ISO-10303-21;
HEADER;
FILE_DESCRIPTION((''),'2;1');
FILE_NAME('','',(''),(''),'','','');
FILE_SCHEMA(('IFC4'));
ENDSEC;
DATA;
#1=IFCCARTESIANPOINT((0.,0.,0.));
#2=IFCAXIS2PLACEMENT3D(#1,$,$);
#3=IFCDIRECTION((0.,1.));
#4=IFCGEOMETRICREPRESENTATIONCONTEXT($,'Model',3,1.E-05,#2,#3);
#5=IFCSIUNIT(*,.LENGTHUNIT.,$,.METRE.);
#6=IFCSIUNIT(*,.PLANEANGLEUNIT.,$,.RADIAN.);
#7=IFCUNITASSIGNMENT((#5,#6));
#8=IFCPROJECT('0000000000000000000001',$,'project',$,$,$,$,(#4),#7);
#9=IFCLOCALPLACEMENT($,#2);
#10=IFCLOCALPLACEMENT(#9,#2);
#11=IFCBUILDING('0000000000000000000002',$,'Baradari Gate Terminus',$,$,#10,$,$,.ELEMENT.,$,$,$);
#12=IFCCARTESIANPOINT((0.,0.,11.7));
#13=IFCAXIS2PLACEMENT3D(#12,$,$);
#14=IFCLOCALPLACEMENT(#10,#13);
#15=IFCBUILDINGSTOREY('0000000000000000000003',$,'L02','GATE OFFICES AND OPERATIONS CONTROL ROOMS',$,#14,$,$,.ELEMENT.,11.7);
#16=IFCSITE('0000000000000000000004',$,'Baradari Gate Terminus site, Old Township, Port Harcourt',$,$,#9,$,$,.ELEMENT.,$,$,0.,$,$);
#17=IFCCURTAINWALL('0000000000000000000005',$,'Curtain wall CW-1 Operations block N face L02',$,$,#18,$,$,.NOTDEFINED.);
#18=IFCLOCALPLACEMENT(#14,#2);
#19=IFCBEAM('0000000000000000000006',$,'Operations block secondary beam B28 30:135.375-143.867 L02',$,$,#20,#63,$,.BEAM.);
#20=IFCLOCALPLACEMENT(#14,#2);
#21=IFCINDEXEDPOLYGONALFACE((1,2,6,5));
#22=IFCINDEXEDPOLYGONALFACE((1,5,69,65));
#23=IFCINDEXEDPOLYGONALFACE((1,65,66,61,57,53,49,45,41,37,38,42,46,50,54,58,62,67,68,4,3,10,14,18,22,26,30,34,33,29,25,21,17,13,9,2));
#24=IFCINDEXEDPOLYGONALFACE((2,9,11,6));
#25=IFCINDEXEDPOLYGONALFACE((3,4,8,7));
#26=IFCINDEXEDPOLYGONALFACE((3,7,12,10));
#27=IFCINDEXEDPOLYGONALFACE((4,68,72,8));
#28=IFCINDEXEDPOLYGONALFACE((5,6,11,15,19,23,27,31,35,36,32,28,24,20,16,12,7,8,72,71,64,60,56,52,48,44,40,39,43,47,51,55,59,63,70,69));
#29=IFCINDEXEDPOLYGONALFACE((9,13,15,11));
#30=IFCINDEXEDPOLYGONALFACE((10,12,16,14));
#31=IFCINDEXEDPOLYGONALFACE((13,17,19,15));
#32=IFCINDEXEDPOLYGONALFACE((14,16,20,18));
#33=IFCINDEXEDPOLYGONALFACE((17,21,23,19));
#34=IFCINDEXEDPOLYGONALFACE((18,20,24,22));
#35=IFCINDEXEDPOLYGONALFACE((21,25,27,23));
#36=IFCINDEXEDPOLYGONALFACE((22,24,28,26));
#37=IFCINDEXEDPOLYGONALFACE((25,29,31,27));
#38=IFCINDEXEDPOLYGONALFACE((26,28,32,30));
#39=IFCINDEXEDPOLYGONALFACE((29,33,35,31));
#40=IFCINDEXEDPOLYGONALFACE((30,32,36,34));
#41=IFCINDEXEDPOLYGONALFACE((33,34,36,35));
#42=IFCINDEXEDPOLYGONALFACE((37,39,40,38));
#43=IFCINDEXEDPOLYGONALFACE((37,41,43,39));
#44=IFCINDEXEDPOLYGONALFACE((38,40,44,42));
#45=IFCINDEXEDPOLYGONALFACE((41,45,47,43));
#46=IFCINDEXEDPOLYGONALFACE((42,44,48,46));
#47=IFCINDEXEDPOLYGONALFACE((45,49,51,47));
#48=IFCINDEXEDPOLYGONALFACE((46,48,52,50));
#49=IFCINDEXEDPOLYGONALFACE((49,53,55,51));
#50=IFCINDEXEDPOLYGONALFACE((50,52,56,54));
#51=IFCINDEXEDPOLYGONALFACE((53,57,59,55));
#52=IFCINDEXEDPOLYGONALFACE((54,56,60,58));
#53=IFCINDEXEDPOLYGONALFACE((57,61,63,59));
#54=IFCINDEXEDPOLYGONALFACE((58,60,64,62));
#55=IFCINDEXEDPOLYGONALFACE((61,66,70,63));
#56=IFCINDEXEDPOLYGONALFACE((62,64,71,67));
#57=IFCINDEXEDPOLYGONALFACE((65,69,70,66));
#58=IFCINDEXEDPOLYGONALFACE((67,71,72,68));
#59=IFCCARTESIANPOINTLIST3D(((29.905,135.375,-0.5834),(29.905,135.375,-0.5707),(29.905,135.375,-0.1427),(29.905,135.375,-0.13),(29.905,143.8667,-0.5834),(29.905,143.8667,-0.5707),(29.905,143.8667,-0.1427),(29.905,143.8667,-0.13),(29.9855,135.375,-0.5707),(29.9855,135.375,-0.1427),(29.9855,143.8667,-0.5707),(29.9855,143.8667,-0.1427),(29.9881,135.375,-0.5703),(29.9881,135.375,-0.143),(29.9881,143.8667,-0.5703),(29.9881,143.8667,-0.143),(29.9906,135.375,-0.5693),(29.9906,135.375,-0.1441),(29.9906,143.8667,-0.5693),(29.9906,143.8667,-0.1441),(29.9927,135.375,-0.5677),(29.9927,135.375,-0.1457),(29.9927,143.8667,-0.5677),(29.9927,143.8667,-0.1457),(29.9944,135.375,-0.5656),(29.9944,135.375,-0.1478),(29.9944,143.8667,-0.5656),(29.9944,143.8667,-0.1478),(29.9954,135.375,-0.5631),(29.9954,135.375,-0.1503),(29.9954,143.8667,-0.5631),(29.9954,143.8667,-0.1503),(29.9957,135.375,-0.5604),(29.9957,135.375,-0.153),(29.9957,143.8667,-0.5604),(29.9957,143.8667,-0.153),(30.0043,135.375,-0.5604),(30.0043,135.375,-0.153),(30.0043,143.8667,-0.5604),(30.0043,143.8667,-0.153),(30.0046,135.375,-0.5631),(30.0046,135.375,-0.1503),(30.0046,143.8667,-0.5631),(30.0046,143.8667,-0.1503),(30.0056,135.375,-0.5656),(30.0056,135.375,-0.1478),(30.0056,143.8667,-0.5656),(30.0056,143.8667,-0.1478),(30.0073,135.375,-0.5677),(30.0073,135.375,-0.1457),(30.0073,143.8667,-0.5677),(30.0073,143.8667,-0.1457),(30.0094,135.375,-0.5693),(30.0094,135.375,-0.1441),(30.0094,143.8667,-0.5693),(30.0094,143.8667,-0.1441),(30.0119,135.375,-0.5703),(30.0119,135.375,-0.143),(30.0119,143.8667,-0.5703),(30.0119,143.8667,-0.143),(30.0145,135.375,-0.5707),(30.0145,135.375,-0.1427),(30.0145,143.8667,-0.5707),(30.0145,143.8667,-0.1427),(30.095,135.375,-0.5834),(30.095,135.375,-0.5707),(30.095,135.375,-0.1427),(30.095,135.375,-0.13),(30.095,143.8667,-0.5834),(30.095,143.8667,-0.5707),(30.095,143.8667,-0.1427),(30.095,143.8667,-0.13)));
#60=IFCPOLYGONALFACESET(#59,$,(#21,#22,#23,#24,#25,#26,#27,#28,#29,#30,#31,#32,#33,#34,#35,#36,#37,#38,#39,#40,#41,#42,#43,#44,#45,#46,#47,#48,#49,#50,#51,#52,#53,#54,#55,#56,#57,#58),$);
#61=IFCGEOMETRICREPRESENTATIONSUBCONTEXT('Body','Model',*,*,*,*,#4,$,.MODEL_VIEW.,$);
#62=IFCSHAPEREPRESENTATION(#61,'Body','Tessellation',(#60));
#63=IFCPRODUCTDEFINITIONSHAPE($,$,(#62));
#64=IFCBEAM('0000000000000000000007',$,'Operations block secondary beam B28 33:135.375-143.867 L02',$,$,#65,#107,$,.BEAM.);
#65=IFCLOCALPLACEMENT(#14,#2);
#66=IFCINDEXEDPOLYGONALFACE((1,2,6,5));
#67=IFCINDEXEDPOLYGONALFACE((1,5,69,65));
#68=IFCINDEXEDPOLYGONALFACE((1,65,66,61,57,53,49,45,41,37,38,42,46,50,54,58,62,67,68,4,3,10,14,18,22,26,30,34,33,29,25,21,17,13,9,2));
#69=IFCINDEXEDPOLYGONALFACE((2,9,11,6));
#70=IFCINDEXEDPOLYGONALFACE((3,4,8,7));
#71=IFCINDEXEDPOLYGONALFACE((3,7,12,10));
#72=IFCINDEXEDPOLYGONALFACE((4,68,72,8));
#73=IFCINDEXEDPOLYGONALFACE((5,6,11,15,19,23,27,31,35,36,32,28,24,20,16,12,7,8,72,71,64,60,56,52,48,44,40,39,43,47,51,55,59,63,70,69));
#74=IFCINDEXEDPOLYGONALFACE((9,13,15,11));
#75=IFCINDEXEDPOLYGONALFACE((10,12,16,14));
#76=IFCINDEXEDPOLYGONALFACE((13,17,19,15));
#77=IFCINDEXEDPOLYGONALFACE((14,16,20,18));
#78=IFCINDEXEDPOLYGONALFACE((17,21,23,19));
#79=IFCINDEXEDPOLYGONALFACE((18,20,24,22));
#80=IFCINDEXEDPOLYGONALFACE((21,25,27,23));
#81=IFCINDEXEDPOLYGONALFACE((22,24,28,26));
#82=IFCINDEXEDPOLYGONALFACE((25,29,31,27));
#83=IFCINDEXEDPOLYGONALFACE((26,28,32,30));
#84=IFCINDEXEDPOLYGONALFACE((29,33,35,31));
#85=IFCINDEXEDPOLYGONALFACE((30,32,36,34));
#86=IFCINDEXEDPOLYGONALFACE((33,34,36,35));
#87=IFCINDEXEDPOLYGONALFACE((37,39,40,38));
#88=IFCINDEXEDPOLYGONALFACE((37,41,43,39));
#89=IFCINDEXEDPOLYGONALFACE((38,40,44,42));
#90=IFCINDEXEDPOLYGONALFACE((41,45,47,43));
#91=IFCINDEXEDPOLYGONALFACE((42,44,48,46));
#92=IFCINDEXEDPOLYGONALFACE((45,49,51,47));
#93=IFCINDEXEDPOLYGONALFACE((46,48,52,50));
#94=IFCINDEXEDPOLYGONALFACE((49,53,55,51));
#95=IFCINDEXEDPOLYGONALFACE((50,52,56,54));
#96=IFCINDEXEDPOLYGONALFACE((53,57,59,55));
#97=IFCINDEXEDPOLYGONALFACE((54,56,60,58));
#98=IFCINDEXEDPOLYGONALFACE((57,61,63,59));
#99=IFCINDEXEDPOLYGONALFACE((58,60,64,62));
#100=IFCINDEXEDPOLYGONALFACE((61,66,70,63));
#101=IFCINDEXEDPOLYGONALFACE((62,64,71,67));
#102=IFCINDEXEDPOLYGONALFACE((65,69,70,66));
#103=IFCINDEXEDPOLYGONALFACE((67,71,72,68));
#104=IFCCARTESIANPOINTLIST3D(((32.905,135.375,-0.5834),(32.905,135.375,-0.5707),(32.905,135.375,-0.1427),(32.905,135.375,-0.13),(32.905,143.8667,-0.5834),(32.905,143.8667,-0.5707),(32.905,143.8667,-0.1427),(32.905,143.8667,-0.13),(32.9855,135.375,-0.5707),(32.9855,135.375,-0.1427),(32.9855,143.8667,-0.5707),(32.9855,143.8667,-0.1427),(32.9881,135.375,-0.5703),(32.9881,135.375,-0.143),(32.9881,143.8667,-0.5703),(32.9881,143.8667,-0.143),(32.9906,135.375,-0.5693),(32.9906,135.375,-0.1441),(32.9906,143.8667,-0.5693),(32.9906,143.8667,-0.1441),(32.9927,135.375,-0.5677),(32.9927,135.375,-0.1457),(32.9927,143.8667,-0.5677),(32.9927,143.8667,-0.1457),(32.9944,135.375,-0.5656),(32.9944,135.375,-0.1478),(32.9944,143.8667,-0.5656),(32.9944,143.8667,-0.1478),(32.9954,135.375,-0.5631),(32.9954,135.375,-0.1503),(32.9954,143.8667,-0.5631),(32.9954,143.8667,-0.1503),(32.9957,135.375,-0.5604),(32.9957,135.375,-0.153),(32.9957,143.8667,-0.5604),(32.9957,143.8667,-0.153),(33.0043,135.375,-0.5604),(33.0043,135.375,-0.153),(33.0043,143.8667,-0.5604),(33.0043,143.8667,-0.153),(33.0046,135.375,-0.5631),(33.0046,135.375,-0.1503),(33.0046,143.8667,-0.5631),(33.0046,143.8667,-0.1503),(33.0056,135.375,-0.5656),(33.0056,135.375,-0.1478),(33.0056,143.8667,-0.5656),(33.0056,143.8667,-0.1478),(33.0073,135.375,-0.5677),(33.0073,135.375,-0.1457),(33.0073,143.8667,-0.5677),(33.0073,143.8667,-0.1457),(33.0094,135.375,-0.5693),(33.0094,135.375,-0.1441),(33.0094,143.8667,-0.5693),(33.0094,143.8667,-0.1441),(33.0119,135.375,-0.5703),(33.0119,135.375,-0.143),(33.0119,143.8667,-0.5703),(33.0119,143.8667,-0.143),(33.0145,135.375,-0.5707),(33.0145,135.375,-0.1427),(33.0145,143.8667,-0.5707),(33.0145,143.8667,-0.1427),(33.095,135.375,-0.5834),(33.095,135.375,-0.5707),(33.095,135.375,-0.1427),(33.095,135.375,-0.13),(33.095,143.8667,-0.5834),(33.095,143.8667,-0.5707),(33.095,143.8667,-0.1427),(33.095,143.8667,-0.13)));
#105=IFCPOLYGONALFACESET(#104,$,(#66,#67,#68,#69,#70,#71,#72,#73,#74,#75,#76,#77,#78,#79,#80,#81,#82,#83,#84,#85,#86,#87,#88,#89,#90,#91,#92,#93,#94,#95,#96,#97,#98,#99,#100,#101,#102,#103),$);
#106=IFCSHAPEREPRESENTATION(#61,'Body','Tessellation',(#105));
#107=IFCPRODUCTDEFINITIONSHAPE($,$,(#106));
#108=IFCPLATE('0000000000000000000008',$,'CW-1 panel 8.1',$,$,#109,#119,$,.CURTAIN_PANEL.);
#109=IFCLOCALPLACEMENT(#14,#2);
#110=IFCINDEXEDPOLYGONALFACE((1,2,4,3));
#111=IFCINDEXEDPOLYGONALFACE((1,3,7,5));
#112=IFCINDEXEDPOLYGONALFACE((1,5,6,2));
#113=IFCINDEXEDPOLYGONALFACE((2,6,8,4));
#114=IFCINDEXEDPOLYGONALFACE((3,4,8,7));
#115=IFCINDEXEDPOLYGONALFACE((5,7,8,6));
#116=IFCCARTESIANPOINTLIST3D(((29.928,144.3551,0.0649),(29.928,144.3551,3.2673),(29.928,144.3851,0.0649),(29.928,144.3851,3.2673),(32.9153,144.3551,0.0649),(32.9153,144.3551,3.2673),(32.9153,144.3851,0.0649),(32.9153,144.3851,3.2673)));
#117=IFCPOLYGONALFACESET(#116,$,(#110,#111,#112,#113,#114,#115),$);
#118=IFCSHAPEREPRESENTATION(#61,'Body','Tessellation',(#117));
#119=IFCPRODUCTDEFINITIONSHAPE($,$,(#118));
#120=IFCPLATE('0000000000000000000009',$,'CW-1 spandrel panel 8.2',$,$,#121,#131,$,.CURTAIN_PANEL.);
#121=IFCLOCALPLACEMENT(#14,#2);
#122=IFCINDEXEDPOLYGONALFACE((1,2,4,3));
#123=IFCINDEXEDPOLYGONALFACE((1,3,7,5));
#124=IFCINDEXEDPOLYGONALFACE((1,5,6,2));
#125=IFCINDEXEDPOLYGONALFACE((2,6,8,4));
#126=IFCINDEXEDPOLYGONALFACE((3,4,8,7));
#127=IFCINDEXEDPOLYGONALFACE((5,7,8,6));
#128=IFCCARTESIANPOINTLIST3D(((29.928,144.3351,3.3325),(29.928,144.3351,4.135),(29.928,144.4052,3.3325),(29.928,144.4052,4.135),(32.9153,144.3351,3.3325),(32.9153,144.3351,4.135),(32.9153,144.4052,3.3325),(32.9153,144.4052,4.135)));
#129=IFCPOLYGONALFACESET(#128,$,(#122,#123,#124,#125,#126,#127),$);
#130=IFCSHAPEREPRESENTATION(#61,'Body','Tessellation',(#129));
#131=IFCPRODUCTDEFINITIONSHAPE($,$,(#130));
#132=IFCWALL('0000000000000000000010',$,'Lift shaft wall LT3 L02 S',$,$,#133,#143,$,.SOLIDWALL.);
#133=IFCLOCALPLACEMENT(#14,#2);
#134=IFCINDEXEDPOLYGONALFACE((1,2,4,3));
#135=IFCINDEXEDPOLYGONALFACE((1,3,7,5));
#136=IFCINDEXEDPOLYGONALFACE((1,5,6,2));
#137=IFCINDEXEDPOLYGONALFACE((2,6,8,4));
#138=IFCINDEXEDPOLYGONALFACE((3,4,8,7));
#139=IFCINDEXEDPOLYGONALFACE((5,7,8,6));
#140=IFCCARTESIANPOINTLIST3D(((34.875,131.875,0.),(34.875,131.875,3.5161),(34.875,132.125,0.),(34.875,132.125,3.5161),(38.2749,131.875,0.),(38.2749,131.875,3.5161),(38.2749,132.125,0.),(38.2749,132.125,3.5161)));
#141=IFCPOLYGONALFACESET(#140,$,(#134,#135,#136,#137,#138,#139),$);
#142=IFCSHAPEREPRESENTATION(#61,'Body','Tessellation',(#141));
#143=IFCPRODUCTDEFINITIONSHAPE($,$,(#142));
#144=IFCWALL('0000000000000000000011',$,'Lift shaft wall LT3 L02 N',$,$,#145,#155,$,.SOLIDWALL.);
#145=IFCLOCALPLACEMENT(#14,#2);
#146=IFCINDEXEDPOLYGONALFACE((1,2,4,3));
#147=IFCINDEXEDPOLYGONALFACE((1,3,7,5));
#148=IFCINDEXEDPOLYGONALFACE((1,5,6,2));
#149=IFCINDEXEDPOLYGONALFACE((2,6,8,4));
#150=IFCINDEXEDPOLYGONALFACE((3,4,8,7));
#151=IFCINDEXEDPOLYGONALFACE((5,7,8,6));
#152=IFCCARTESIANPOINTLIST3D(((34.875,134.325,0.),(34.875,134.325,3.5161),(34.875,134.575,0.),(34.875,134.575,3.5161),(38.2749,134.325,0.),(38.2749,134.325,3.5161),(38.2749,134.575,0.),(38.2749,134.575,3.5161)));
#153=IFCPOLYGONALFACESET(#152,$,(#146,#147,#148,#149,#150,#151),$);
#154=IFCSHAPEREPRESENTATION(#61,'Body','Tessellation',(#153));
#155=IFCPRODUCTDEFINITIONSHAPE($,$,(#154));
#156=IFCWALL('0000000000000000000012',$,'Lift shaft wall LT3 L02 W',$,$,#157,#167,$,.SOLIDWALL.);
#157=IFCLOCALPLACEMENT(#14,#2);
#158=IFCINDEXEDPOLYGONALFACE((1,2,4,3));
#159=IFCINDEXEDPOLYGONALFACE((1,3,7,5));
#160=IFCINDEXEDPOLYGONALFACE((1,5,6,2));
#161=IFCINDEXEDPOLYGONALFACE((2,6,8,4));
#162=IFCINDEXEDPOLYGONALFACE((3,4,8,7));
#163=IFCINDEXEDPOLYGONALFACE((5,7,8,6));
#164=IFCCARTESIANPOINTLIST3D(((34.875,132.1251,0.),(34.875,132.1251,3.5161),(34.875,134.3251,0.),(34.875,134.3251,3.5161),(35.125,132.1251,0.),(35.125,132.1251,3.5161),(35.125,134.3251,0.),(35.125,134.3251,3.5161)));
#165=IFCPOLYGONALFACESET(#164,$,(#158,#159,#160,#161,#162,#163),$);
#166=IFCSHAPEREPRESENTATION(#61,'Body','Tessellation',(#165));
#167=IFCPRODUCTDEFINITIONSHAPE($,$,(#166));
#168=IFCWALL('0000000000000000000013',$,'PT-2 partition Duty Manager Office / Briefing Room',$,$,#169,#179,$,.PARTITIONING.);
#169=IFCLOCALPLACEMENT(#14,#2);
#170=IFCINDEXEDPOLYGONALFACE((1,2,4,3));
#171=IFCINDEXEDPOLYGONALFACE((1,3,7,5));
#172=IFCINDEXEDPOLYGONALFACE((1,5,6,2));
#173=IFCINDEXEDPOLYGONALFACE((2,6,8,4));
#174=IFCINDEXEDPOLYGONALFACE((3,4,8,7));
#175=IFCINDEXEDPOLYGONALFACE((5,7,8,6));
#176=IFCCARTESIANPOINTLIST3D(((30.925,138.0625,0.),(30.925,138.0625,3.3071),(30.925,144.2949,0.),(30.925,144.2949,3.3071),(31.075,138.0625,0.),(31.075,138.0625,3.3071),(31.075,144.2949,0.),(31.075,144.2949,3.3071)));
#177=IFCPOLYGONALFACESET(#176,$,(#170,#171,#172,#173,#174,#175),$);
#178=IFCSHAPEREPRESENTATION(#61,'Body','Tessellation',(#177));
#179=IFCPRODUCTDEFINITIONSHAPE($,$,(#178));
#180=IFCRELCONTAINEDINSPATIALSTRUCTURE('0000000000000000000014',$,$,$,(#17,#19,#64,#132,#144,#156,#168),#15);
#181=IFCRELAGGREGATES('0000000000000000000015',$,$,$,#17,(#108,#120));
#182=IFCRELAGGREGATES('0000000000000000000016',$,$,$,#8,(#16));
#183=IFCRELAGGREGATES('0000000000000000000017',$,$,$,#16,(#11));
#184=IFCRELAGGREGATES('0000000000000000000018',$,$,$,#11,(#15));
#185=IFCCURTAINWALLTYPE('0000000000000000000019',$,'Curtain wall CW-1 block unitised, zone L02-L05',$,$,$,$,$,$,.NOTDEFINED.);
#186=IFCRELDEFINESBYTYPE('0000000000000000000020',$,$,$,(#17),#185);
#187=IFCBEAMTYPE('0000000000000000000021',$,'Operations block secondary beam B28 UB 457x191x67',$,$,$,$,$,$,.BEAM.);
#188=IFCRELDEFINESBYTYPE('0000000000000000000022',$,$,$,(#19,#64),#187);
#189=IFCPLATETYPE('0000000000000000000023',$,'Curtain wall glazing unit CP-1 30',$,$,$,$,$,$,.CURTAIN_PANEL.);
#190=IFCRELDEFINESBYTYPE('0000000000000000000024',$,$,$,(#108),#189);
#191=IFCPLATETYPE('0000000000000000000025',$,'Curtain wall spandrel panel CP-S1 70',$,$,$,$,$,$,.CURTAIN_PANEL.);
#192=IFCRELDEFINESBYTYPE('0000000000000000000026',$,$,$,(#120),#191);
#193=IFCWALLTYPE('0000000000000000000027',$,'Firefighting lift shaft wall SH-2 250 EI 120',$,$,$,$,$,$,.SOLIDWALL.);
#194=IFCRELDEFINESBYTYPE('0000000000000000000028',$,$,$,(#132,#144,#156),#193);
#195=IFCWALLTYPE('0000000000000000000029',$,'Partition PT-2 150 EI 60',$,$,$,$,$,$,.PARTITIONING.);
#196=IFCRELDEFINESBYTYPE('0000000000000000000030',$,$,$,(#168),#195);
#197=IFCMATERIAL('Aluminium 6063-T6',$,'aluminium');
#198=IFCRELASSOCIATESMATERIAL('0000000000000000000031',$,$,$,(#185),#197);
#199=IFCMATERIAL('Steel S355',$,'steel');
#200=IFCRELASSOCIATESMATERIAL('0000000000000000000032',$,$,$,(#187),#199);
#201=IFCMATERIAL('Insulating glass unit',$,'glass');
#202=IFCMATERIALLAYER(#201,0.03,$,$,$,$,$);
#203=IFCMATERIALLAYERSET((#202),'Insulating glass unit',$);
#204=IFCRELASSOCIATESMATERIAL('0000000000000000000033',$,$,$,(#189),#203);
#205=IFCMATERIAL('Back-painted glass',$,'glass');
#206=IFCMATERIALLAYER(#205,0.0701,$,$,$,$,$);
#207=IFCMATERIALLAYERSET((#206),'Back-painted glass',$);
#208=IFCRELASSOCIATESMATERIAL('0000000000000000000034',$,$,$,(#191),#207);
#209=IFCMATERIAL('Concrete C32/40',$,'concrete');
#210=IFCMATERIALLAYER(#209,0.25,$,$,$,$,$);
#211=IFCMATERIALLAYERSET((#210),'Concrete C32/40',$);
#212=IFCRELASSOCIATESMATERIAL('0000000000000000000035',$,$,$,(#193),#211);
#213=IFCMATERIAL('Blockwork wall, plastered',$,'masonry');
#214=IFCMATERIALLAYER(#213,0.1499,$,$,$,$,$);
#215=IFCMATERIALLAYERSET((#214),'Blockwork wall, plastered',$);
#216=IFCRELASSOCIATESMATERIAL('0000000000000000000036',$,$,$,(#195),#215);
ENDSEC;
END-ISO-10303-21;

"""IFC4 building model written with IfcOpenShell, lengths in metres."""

from ifc_helpers import new_model, si_unit, direction, frame, frame_2d, origin, origin_2d, place, context, subcontext, project, spatial, rectangle, i_section, extrude, material, layer, layer_set, material_profile, profile_set, type_object, element, aggregate, save


model = new_model("IFC4")

# Units and contexts
model_context = context("Model", 3, precision=1e-05, world=origin(), true_north=direction((0.0, 1.0)))
body_context = subcontext(model_context, "Body", "Model", "MODEL_VIEW")
ifc_project = project(units=[si_unit("LENGTHUNIT", "METRE"), si_unit("PLANEANGLEUNIT", "RADIAN")], contexts=[model_context])

# Site, building, storey
site_placement = place(None, origin())
site = spatial("IfcSite", under=ifc_project, at=site_placement, Name="Baradari Gate Terminus site, Old Township, Port Harcourt", CompositionType="ELEMENT", RefElevation=0.0)
building_placement = place(site_placement, origin())
building = spatial("IfcBuilding", under=site, at=building_placement, Name="Baradari Gate Terminus", CompositionType="ELEMENT")
storey_placement = place(building_placement, frame((0.0, 0.0, 11.7)))
storey = spatial("IfcBuildingStorey", under=building, at=storey_placement, Name="L02", Description="GATE OFFICES AND OPERATIONS CONTROL ROOMS", CompositionType="ELEMENT", Elevation=11.7)

# Curtain wall
ifc_material_1 = material(Name="Aluminium 6063-T6", Category="aluminium")
curtain_wall_type = type_object("IfcCurtainWallType", Name="Curtain wall CW-1 block unitised, zone L02-L05", PredefinedType="NOTDEFINED", material=ifc_material_1)
curtain_wall_placement = place(storey_placement, origin())
curtain_wall = element("IfcCurtainWall", 1, at=curtain_wall_placement, inside=storey, type_object=curtain_wall_type, Name="Curtain wall CW-1 Operations block N face L02", PredefinedType="NOTDEFINED")

# Beams
ifc_material_2 = material(Name="Steel S355", Category="steel")
ifc_material_profile_1 = material_profile(ifc_material_2, i_section(OverallWidth=0.1899, OverallDepth=0.4534, WebThickness=0.0085, FlangeThickness=0.0127, FilletRadius=0.0103, at=origin_2d()), Name="UB 457x191x67")
ifc_profile_set_1 = profile_set([ifc_material_profile_1], Name="Steel S355")
beam_type_1 = type_object("IfcBeamType", Name="Operations block secondary beam B28 UB 457x191x67", PredefinedType="BEAM", material=ifc_profile_set_1)
for number, where, z_axis, x_axis, name in (
    (2, (30.0, 135.375, -0.3567), (0.0, 1.0, 0.0), (-1.0, 0.0, 0.0), "Operations block secondary beam B28 30:135.375-143.867 L02"),
    (3, (33.0, 135.375, -0.3567), (0.0, 1.0, 0.0), (-1.0, 0.0, 0.0), "Operations block secondary beam B28 33:135.375-143.867 L02"),
):
    element("IfcBeam", number, at=place(storey_placement, frame(where, z_axis=z_axis, x_axis=x_axis)), inside=storey, type_object=beam_type_1, Name=name, PredefinedType="BEAM", context=body_context, shape_type="SweptSolid", body=[
        extrude(i_section(OverallWidth=0.1899, OverallDepth=0.4534, WebThickness=0.0085, FlangeThickness=0.0127, FilletRadius=0.0103, at=origin_2d()), origin(), (0.0, 0.0, 1.0), 8.4917),
    ])

# Plates
ifc_material_3 = material(Name="Insulating glass unit", Category="glass")
ifc_layer_1 = layer(ifc_material_3, 0.03)
ifc_layer_set_1 = layer_set([ifc_layer_1], Name="Insulating glass unit")
plate_type_1 = type_object("IfcPlateType", Name="Curtain wall glazing unit CP-1 30", PredefinedType="CURTAIN_PANEL", material=ifc_layer_set_1)
plate_1_placement = place(storey_placement, frame((31.4216, 144.3701, 0.0649), z_axis=(0.0, 0.0, 1.0), x_axis=(1.0, 0.0, 0.0)))
plate_1 = element("IfcPlate", 4, at=plate_1_placement, type_object=plate_type_1, Name="CW-1 panel 8.1", PredefinedType="CURTAIN_PANEL", context=body_context, shape_type="SweptSolid", body=[
    extrude(rectangle(XDim=2.9873, YDim=0.03, at=origin_2d()), origin(), (0.0, 0.0, 1.0), 3.2024),
])
ifc_material_4 = material(Name="Back-painted glass", Category="glass")
ifc_layer_2 = layer(ifc_material_4, 0.0701)
ifc_layer_set_2 = layer_set([ifc_layer_2], Name="Back-painted glass")
plate_type_2 = type_object("IfcPlateType", Name="Curtain wall spandrel panel CP-S1 70", PredefinedType="CURTAIN_PANEL", material=ifc_layer_set_2)
plate_2_placement = place(storey_placement, frame((31.4216, 144.3701, 3.3325), z_axis=(0.0, 0.0, 1.0), x_axis=(1.0, 0.0, 0.0)))
plate_2 = element("IfcPlate", 5, at=plate_2_placement, type_object=plate_type_2, Name="CW-1 spandrel panel 8.2", PredefinedType="CURTAIN_PANEL", context=body_context, shape_type="SweptSolid", body=[
    extrude(rectangle(XDim=2.9873, YDim=0.0701, at=origin_2d()), origin(), (0.0, 0.0, 1.0), 0.8025),
])
aggregate(curtain_wall, [plate_1, plate_2])

# Walls
ifc_material_5 = material(Name="Concrete C32/40", Category="concrete")
ifc_layer_3 = layer(ifc_material_5, 0.25)
ifc_layer_set_3 = layer_set([ifc_layer_3], Name="Concrete C32/40")
wall_type_1 = type_object("IfcWallType", Name="Firefighting lift shaft wall SH-2 250 EI 120", PredefinedType="SOLIDWALL", material=ifc_layer_set_3)
for number, where, z_axis, x_axis, name in (
    (6, (34.875, 132.0, 0.0), (0.0, 0.0, 1.0), (1.0, 0.0, 0.0), "Lift shaft wall LT3 L02 S"),
    (7, (34.875, 134.45, 0.0), (0.0, 0.0, 1.0), (1.0, 0.0, 0.0), "Lift shaft wall LT3 L02 N"),
):
    element("IfcWall", number, at=place(storey_placement, frame(where, z_axis=z_axis, x_axis=x_axis)), inside=storey, type_object=wall_type_1, Name=name, PredefinedType="SOLIDWALL", context=body_context, shape_type="SweptSolid", body=[
        extrude(rectangle(XDim=3.3999, YDim=0.25, at=frame_2d((1.7, 0.0))), origin(), (0.0, 0.0, 1.0), 3.5161),
    ])
wall_1_placement = place(storey_placement, frame((35.0, 132.125, 0.0), z_axis=(0.0, 0.0, 1.0), x_axis=(0.0, 1.0, 0.0)))
element("IfcWall", 8, at=wall_1_placement, inside=storey, type_object=wall_type_1, Name="Lift shaft wall LT3 L02 W", PredefinedType="SOLIDWALL", context=body_context, shape_type="SweptSolid", body=[
    extrude(rectangle(XDim=2.2, YDim=0.25, at=frame_2d((1.1001, 0.0))), origin(), (0.0, 0.0, 1.0), 3.5161),
])
ifc_material_6 = material(Name="Blockwork wall, plastered", Category="masonry")
ifc_layer_4 = layer(ifc_material_6, 0.1499)
ifc_layer_set_4 = layer_set([ifc_layer_4], Name="Blockwork wall, plastered")
wall_type_2 = type_object("IfcWallType", Name="Partition PT-2 150 EI 60", PredefinedType="PARTITIONING", material=ifc_layer_set_4)
wall_2_placement = place(storey_placement, frame((31.0, 144.2949, 0.0), z_axis=(0.0, 0.0, 1.0), x_axis=(0.0, -1.0, 0.0)))
element("IfcWall", 9, at=wall_2_placement, inside=storey, type_object=wall_type_2, Name="PT-2 partition Duty Manager Office / Briefing Room", PredefinedType="PARTITIONING", context=body_context, shape_type="SweptSolid", body=[
    extrude(rectangle(XDim=6.2324, YDim=0.1499, at=frame_2d((3.1162, 0.0))), origin(), (0.0, 0.0, 1.0), 3.3071),
])

save(model, "model.ifc")
